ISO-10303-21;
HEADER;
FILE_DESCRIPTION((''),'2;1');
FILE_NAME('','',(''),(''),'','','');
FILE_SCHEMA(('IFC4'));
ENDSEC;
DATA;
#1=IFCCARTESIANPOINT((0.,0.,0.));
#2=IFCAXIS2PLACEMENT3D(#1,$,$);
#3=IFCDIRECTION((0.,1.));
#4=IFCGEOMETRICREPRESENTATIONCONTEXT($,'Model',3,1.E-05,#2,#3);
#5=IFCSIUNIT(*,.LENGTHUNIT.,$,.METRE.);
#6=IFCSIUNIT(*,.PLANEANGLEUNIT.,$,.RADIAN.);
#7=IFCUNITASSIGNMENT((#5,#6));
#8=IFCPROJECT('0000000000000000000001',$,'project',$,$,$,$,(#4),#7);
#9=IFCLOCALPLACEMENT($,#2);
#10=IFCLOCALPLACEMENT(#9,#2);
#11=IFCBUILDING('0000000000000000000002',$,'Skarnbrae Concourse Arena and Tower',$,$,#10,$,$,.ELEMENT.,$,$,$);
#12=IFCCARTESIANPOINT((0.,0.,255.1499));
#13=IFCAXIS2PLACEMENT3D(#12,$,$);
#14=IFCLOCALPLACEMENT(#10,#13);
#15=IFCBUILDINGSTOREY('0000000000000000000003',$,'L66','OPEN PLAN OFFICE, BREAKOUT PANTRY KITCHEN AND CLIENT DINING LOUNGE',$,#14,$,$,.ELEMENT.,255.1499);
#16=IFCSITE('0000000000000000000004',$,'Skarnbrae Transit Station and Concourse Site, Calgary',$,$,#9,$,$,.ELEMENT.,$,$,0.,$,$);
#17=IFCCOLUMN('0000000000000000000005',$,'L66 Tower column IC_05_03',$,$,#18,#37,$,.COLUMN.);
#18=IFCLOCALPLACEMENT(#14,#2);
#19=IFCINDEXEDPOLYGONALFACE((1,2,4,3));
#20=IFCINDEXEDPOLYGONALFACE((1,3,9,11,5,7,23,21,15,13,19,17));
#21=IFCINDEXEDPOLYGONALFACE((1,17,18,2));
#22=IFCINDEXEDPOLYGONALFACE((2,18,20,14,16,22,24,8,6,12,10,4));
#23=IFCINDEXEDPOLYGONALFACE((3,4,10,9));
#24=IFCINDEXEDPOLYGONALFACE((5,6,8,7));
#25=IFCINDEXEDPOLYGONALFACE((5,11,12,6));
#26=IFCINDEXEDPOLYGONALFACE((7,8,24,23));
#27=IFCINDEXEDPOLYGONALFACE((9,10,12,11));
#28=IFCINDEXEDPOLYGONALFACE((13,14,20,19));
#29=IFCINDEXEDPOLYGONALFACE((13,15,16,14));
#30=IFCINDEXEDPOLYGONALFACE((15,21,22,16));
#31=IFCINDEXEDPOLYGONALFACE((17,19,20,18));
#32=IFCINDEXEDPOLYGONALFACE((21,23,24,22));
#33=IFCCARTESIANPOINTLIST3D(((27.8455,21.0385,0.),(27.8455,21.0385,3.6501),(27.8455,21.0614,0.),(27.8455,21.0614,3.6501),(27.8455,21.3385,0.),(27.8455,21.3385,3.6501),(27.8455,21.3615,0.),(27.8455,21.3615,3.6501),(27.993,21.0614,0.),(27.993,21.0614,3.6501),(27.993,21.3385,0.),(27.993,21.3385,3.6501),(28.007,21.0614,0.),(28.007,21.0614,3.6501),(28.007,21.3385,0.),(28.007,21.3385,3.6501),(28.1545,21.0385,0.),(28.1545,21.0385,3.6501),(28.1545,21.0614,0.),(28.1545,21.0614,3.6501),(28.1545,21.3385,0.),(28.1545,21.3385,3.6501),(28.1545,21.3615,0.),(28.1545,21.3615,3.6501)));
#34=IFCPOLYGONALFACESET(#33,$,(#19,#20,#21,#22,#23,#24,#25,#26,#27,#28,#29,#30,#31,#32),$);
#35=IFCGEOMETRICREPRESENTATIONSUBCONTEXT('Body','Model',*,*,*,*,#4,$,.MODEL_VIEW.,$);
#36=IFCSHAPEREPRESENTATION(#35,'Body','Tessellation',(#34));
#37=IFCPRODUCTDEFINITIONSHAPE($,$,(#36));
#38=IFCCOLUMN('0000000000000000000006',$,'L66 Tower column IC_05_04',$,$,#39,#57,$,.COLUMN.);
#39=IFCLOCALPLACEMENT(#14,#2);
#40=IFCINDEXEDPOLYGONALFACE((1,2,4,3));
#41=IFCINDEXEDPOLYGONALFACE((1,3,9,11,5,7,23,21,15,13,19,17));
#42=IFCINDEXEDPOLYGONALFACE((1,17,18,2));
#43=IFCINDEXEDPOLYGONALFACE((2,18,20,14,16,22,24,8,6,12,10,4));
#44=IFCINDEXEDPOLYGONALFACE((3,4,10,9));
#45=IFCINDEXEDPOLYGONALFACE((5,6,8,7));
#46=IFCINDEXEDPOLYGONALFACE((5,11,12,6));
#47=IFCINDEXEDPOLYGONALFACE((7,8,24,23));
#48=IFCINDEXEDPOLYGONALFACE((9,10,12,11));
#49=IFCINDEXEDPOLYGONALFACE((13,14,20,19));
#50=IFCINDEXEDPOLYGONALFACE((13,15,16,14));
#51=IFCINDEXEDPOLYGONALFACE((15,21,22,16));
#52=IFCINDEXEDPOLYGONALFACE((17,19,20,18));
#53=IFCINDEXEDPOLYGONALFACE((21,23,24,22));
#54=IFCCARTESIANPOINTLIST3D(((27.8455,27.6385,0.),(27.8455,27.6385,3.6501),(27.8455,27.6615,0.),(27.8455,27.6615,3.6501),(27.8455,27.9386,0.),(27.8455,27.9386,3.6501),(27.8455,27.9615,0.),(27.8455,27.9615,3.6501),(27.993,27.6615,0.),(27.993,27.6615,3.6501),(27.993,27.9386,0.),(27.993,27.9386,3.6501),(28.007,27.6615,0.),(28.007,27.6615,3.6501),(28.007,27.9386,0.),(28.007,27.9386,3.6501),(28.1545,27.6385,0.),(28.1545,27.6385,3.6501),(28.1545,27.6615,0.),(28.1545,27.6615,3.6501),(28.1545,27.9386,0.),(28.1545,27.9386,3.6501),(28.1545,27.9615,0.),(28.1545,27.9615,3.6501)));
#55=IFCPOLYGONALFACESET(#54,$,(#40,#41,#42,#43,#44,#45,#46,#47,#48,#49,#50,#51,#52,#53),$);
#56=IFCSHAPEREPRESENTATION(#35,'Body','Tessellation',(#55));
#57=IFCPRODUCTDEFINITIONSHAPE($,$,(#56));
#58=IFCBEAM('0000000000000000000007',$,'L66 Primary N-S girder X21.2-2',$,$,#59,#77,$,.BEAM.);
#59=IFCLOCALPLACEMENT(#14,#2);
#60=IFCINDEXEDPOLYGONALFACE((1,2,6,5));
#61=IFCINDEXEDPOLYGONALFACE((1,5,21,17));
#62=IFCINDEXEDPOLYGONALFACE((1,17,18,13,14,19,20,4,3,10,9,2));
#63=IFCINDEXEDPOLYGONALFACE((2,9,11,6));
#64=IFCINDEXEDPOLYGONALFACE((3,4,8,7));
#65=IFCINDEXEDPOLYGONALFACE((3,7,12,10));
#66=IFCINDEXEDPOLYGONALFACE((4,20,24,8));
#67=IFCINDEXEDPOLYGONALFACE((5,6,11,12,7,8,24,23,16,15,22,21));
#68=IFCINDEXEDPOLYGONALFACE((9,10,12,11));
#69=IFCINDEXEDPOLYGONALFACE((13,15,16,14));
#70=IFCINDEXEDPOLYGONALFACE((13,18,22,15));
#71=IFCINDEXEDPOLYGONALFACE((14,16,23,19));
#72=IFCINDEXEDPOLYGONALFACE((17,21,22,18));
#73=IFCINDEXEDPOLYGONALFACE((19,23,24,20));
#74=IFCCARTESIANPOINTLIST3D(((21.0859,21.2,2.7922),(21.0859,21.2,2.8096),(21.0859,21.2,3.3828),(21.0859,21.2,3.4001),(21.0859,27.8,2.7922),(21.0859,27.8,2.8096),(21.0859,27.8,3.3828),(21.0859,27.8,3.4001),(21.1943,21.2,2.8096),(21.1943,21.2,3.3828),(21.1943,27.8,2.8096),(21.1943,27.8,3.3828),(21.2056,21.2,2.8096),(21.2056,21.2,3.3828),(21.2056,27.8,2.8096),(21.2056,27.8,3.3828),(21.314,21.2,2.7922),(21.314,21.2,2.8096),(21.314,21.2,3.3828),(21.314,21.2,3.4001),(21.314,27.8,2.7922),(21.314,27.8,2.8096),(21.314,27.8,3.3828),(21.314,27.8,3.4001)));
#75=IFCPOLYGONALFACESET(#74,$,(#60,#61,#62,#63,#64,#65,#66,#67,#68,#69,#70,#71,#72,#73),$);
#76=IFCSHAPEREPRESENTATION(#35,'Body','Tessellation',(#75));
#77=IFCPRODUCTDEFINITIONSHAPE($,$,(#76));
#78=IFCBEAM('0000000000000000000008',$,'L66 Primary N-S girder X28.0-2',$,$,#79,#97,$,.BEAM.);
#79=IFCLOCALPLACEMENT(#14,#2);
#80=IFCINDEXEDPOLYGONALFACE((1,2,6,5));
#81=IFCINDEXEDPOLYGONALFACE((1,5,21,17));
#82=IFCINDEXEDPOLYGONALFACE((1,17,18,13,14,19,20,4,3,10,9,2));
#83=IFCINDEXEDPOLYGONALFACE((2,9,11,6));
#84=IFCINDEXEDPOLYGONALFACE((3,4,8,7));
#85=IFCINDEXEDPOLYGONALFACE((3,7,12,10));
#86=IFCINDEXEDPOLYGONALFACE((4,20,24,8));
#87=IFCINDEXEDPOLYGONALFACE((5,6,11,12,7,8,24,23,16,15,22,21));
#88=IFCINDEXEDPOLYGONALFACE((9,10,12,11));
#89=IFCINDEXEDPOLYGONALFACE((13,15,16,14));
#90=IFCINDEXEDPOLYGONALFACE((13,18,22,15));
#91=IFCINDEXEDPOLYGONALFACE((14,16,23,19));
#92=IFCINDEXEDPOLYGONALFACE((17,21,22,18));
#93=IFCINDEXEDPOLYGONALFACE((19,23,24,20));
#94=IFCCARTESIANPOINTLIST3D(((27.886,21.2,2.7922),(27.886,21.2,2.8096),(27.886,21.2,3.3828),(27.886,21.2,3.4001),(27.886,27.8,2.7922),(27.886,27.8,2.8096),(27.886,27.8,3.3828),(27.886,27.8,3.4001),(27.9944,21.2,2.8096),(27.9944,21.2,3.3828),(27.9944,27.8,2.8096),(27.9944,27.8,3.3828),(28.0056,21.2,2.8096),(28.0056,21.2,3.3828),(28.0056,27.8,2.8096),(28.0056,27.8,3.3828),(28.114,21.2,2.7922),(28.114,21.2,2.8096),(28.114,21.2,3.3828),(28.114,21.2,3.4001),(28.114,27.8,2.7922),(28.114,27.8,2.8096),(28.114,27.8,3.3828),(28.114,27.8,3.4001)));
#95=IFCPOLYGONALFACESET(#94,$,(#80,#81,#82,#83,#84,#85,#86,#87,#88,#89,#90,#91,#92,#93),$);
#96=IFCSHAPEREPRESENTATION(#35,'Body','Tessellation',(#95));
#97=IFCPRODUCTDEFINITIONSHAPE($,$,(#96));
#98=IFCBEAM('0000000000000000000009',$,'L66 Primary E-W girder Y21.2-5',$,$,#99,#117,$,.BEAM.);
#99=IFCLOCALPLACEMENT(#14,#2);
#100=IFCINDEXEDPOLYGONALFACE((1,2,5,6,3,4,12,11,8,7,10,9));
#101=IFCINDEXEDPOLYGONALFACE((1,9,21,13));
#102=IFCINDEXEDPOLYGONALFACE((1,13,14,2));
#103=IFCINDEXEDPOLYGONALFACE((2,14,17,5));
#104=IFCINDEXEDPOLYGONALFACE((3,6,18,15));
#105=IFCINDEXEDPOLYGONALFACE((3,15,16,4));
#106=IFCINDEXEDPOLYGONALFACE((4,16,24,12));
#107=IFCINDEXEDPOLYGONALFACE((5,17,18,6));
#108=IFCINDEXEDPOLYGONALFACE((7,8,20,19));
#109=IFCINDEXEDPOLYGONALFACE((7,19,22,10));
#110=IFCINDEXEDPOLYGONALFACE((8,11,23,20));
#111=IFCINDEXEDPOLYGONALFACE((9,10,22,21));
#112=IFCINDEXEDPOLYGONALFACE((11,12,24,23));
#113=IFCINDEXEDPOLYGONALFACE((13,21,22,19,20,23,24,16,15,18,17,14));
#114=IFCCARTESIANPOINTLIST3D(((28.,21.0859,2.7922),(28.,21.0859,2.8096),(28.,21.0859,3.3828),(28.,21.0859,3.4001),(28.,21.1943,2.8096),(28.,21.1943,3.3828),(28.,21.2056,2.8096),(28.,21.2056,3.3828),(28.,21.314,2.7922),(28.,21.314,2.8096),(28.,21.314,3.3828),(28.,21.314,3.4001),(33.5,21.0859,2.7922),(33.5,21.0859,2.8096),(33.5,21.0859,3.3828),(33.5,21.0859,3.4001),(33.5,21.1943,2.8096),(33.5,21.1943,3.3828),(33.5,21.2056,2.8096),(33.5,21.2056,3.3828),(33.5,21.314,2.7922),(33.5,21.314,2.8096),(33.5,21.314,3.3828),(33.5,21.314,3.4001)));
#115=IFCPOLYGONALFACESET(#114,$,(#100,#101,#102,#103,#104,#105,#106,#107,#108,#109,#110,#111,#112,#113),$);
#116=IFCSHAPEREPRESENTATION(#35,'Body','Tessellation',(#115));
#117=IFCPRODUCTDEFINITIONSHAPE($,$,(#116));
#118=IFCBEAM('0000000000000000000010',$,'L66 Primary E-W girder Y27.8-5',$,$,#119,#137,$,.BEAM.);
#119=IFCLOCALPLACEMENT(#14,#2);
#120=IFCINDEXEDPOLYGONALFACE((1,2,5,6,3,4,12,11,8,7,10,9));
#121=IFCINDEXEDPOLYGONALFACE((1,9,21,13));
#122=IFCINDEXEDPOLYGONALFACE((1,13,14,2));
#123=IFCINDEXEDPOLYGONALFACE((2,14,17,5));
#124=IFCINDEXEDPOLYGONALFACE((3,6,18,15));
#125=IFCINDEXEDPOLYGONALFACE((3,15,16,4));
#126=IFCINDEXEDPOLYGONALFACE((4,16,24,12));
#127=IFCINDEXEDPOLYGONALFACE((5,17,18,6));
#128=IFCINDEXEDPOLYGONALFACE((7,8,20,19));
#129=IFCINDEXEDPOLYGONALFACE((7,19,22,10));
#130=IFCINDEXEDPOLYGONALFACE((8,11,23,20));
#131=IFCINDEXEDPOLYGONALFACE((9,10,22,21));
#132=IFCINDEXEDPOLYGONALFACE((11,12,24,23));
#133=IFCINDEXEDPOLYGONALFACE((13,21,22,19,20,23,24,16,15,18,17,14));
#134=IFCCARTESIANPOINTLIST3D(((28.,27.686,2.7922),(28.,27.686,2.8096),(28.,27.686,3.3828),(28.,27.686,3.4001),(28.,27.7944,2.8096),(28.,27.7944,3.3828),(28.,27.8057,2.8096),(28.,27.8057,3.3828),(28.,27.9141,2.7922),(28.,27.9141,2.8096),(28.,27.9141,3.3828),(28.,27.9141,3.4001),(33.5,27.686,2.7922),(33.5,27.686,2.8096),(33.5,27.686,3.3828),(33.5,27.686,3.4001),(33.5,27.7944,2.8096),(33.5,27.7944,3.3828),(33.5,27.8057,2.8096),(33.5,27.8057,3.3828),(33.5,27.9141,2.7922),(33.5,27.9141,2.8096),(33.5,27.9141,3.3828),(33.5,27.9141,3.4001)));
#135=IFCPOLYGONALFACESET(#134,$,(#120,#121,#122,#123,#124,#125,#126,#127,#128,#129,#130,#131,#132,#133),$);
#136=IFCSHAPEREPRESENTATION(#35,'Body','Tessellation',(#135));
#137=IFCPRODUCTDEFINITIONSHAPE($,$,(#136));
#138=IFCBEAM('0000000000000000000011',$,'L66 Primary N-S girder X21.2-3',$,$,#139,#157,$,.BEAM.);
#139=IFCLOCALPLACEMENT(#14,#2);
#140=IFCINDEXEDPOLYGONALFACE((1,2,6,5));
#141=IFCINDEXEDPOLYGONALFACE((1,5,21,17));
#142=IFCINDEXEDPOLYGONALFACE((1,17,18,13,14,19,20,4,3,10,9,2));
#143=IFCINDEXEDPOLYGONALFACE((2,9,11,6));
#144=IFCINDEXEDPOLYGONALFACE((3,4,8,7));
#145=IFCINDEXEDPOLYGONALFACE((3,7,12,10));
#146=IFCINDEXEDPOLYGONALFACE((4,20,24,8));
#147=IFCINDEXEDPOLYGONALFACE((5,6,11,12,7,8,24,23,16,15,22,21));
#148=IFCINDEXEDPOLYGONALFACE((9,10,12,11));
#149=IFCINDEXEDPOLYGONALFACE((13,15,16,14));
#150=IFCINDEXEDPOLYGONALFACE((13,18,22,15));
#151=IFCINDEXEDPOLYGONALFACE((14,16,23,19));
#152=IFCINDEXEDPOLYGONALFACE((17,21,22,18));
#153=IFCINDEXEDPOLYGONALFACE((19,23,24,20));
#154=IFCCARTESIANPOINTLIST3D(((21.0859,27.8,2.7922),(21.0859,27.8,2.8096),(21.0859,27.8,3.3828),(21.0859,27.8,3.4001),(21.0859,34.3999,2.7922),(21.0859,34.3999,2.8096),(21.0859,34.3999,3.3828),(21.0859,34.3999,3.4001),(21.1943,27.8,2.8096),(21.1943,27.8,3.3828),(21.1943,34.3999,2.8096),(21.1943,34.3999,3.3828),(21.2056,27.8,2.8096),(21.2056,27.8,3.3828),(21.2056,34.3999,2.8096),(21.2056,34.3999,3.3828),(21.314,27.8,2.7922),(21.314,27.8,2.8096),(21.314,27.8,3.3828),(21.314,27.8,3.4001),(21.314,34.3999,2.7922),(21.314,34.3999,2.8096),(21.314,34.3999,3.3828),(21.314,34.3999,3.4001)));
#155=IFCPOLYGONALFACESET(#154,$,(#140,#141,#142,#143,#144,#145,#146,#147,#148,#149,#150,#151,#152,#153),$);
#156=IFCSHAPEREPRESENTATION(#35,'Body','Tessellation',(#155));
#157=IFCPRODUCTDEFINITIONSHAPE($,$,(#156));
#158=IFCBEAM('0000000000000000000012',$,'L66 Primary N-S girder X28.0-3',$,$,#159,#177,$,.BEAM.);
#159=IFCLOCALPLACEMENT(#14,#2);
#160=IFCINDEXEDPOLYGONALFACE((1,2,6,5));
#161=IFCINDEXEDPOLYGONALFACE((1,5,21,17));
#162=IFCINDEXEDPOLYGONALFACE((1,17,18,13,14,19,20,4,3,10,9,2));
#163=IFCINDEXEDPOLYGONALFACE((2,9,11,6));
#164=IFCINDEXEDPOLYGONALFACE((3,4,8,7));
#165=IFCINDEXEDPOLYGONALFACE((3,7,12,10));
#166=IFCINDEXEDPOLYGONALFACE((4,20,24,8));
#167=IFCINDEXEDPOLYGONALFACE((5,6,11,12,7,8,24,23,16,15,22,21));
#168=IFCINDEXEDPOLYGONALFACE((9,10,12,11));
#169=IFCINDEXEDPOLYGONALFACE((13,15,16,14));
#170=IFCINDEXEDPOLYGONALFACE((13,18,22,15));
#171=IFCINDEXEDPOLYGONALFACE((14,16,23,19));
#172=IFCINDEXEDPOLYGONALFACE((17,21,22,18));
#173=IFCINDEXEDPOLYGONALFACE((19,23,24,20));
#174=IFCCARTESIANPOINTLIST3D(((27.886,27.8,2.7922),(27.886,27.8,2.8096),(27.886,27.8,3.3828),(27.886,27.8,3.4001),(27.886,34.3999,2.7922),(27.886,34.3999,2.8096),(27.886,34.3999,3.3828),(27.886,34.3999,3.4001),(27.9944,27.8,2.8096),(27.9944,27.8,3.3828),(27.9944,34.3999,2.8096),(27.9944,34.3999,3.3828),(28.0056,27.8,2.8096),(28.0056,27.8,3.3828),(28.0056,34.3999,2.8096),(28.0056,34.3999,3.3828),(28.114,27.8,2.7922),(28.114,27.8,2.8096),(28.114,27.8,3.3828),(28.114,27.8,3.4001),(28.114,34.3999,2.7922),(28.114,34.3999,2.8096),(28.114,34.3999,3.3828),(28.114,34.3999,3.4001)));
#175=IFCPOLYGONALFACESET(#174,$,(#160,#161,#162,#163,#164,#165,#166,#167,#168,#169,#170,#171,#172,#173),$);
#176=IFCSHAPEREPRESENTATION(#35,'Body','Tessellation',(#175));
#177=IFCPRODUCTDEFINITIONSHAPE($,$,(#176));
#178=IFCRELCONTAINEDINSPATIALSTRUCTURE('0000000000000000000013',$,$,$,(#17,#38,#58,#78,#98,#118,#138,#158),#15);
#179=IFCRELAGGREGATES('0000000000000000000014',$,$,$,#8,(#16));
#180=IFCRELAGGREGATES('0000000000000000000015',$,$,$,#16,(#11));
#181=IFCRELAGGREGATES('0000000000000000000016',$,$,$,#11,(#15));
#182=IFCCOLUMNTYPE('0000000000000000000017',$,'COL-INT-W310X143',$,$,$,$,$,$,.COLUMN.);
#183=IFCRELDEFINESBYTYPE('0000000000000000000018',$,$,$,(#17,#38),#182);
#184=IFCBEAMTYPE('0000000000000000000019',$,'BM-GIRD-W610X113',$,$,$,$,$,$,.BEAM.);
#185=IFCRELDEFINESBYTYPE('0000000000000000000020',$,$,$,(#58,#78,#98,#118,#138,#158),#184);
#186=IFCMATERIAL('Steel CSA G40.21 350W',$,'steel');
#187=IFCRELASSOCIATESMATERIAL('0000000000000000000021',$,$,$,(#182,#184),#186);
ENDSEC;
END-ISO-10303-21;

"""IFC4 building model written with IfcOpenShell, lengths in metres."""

from ifc_helpers import new_model, si_unit, direction, frame, origin, origin_2d, place, context, subcontext, project, spatial, i_section, extrude, source, transform, mapped, material, material_profile, profile_set, type_object, element, save


model = new_model("IFC4")

# Units and contexts
model_context = context("Model", 3, precision=1e-05, world=origin(), true_north=direction((0.0, 1.0)))
body_context = subcontext(model_context, "Body", "Model", "MODEL_VIEW")
ifc_project = project(units=[si_unit("LENGTHUNIT", "METRE"), si_unit("PLANEANGLEUNIT", "RADIAN")], contexts=[model_context])

# Site, building, storey
site_placement = place(None, origin())
site = spatial("IfcSite", under=ifc_project, at=site_placement, Name="Skarnbrae Transit Station and Concourse Site, Calgary", CompositionType="ELEMENT", RefElevation=0.0)
building_placement = place(site_placement, origin())
building = spatial("IfcBuilding", under=site, at=building_placement, Name="Skarnbrae Concourse Arena and Tower", CompositionType="ELEMENT")
storey_placement = place(building_placement, frame((0.0, 0.0, 255.1499)))
storey = spatial("IfcBuildingStorey", under=building, at=storey_placement, Name="L66", Description="OPEN PLAN OFFICE, BREAKOUT PANTRY KITCHEN AND CLIENT DINING LOUNGE", CompositionType="ELEMENT", Elevation=255.1499)

# Columns
ifc_material_1 = material(Name="Steel CSA G40.21 350W", Category="steel")
ifc_material_profile_1 = material_profile(ifc_material_1, i_section(OverallWidth=0.3091, OverallDepth=0.323, WebThickness=0.0139, FlangeThickness=0.0229, at=origin_2d()), Name="W310X143")
ifc_profile_set_1 = profile_set([ifc_material_profile_1], Name="Steel CSA G40.21 350W")
column_type = type_object("IfcColumnType", Name="COL-INT-W310X143", PredefinedType="COLUMN", material=ifc_profile_set_1)
shared_shape_1 = source(origin(), body_context, "Body", "SweptSolid", [
    extrude(i_section(OverallWidth=0.3091, OverallDepth=0.323, WebThickness=0.0139, FlangeThickness=0.0229, at=origin_2d()), origin(), (0.0, 0.0, 1.0), 3.6501),
])
for number, where, z_axis, x_axis, name in (
    (1, (28.0, 21.2, 0.0), (0.0, 0.0, 1.0), (1.0, 0.0, 0.0), "L66 Tower column IC_05_03"),
    (2, (28.0, 27.8, 0.0), (0.0, 0.0, 1.0), (1.0, 0.0, 0.0), "L66 Tower column IC_05_04"),
):
    element("IfcColumn", number, at=place(storey_placement, frame(where, z_axis=z_axis, x_axis=x_axis)), inside=storey, type_object=column_type, Name=name, PredefinedType="COLUMN", context=body_context, shape_type="MappedRepresentation", body=[
        mapped(shared_shape_1, transform((0.0, 0.0, 0.0))),
    ])

# Beams
ifc_material_profile_2 = material_profile(ifc_material_1, i_section(OverallWidth=0.228, OverallDepth=0.6079, WebThickness=0.0112, FlangeThickness=0.0173, at=origin_2d()), Name="W610X113")
ifc_profile_set_2 = profile_set([ifc_material_profile_2], Name="Steel CSA G40.21 350W")
beam_type_1 = type_object("IfcBeamType", Name="BM-GIRD-W610X113", PredefinedType="BEAM", material=ifc_profile_set_2)
shared_shape_2 = source(origin(), body_context, "Body", "SweptSolid", [
    extrude(i_section(OverallWidth=0.228, OverallDepth=0.6079, WebThickness=0.0112, FlangeThickness=0.0173, at=origin_2d()), origin(), (0.0, 0.0, 1.0), 6.6001),
])
for number, where, z_axis, x_axis, name in (
    (3, (21.2, 21.2, 3.0962), (0.0, 1.0, 0.0), (-1.0, 0.0, 0.0), "L66 Primary N-S girder X21.2-2"),
    (4, (28.0, 21.2, 3.0962), (0.0, 1.0, 0.0), (-1.0, 0.0, 0.0), "L66 Primary N-S girder X28.0-2"),
):
    element("IfcBeam", number, at=place(storey_placement, frame(where, z_axis=z_axis, x_axis=x_axis)), inside=storey, type_object=beam_type_1, Name=name, PredefinedType="BEAM", context=body_context, shape_type="MappedRepresentation", body=[
        mapped(shared_shape_2, transform((0.0, 0.0, 0.0))),
    ])
shared_shape_3 = source(origin(), body_context, "Body", "SweptSolid", [
    extrude(i_section(OverallWidth=0.228, OverallDepth=0.6079, WebThickness=0.0112, FlangeThickness=0.0173, at=origin_2d()), origin(), (0.0, 0.0, 1.0), 5.5),
])
for number, where, z_axis, x_axis, name in (
    (5, (28.0, 21.2, 3.0962), (1.0, 0.0, 0.0), (0.0, 1.0, 0.0), "L66 Primary E-W girder Y21.2-5"),
    (6, (28.0, 27.8, 3.0962), (1.0, 0.0, 0.0), (0.0, 1.0, 0.0), "L66 Primary E-W girder Y27.8-5"),
):
    element("IfcBeam", number, at=place(storey_placement, frame(where, z_axis=z_axis, x_axis=x_axis)), inside=storey, type_object=beam_type_1, Name=name, PredefinedType="BEAM", context=body_context, shape_type="MappedRepresentation", body=[
        mapped(shared_shape_3, transform((0.0, 0.0, 0.0))),
    ])
shared_shape_4 = source(origin(), body_context, "Body", "SweptSolid", [
    extrude(i_section(OverallWidth=0.228, OverallDepth=0.6079, WebThickness=0.0112, FlangeThickness=0.0173, at=origin_2d()), origin(), (0.0, 0.0, 1.0), 6.5999),
])
for number, where, z_axis, x_axis, name in (
    (7, (21.2, 27.8, 3.0962), (0.0, 1.0, 0.0), (-1.0, 0.0, 0.0), "L66 Primary N-S girder X21.2-3"),
    (8, (28.0, 27.8, 3.0962), (0.0, 1.0, 0.0), (-1.0, 0.0, 0.0), "L66 Primary N-S girder X28.0-3"),
):
    element("IfcBeam", number, at=place(storey_placement, frame(where, z_axis=z_axis, x_axis=x_axis)), inside=storey, type_object=beam_type_1, Name=name, PredefinedType="BEAM", context=body_context, shape_type="MappedRepresentation", body=[
        mapped(shared_shape_4, transform((0.0, 0.0, 0.0))),
    ])

save(model, "model.ifc")
